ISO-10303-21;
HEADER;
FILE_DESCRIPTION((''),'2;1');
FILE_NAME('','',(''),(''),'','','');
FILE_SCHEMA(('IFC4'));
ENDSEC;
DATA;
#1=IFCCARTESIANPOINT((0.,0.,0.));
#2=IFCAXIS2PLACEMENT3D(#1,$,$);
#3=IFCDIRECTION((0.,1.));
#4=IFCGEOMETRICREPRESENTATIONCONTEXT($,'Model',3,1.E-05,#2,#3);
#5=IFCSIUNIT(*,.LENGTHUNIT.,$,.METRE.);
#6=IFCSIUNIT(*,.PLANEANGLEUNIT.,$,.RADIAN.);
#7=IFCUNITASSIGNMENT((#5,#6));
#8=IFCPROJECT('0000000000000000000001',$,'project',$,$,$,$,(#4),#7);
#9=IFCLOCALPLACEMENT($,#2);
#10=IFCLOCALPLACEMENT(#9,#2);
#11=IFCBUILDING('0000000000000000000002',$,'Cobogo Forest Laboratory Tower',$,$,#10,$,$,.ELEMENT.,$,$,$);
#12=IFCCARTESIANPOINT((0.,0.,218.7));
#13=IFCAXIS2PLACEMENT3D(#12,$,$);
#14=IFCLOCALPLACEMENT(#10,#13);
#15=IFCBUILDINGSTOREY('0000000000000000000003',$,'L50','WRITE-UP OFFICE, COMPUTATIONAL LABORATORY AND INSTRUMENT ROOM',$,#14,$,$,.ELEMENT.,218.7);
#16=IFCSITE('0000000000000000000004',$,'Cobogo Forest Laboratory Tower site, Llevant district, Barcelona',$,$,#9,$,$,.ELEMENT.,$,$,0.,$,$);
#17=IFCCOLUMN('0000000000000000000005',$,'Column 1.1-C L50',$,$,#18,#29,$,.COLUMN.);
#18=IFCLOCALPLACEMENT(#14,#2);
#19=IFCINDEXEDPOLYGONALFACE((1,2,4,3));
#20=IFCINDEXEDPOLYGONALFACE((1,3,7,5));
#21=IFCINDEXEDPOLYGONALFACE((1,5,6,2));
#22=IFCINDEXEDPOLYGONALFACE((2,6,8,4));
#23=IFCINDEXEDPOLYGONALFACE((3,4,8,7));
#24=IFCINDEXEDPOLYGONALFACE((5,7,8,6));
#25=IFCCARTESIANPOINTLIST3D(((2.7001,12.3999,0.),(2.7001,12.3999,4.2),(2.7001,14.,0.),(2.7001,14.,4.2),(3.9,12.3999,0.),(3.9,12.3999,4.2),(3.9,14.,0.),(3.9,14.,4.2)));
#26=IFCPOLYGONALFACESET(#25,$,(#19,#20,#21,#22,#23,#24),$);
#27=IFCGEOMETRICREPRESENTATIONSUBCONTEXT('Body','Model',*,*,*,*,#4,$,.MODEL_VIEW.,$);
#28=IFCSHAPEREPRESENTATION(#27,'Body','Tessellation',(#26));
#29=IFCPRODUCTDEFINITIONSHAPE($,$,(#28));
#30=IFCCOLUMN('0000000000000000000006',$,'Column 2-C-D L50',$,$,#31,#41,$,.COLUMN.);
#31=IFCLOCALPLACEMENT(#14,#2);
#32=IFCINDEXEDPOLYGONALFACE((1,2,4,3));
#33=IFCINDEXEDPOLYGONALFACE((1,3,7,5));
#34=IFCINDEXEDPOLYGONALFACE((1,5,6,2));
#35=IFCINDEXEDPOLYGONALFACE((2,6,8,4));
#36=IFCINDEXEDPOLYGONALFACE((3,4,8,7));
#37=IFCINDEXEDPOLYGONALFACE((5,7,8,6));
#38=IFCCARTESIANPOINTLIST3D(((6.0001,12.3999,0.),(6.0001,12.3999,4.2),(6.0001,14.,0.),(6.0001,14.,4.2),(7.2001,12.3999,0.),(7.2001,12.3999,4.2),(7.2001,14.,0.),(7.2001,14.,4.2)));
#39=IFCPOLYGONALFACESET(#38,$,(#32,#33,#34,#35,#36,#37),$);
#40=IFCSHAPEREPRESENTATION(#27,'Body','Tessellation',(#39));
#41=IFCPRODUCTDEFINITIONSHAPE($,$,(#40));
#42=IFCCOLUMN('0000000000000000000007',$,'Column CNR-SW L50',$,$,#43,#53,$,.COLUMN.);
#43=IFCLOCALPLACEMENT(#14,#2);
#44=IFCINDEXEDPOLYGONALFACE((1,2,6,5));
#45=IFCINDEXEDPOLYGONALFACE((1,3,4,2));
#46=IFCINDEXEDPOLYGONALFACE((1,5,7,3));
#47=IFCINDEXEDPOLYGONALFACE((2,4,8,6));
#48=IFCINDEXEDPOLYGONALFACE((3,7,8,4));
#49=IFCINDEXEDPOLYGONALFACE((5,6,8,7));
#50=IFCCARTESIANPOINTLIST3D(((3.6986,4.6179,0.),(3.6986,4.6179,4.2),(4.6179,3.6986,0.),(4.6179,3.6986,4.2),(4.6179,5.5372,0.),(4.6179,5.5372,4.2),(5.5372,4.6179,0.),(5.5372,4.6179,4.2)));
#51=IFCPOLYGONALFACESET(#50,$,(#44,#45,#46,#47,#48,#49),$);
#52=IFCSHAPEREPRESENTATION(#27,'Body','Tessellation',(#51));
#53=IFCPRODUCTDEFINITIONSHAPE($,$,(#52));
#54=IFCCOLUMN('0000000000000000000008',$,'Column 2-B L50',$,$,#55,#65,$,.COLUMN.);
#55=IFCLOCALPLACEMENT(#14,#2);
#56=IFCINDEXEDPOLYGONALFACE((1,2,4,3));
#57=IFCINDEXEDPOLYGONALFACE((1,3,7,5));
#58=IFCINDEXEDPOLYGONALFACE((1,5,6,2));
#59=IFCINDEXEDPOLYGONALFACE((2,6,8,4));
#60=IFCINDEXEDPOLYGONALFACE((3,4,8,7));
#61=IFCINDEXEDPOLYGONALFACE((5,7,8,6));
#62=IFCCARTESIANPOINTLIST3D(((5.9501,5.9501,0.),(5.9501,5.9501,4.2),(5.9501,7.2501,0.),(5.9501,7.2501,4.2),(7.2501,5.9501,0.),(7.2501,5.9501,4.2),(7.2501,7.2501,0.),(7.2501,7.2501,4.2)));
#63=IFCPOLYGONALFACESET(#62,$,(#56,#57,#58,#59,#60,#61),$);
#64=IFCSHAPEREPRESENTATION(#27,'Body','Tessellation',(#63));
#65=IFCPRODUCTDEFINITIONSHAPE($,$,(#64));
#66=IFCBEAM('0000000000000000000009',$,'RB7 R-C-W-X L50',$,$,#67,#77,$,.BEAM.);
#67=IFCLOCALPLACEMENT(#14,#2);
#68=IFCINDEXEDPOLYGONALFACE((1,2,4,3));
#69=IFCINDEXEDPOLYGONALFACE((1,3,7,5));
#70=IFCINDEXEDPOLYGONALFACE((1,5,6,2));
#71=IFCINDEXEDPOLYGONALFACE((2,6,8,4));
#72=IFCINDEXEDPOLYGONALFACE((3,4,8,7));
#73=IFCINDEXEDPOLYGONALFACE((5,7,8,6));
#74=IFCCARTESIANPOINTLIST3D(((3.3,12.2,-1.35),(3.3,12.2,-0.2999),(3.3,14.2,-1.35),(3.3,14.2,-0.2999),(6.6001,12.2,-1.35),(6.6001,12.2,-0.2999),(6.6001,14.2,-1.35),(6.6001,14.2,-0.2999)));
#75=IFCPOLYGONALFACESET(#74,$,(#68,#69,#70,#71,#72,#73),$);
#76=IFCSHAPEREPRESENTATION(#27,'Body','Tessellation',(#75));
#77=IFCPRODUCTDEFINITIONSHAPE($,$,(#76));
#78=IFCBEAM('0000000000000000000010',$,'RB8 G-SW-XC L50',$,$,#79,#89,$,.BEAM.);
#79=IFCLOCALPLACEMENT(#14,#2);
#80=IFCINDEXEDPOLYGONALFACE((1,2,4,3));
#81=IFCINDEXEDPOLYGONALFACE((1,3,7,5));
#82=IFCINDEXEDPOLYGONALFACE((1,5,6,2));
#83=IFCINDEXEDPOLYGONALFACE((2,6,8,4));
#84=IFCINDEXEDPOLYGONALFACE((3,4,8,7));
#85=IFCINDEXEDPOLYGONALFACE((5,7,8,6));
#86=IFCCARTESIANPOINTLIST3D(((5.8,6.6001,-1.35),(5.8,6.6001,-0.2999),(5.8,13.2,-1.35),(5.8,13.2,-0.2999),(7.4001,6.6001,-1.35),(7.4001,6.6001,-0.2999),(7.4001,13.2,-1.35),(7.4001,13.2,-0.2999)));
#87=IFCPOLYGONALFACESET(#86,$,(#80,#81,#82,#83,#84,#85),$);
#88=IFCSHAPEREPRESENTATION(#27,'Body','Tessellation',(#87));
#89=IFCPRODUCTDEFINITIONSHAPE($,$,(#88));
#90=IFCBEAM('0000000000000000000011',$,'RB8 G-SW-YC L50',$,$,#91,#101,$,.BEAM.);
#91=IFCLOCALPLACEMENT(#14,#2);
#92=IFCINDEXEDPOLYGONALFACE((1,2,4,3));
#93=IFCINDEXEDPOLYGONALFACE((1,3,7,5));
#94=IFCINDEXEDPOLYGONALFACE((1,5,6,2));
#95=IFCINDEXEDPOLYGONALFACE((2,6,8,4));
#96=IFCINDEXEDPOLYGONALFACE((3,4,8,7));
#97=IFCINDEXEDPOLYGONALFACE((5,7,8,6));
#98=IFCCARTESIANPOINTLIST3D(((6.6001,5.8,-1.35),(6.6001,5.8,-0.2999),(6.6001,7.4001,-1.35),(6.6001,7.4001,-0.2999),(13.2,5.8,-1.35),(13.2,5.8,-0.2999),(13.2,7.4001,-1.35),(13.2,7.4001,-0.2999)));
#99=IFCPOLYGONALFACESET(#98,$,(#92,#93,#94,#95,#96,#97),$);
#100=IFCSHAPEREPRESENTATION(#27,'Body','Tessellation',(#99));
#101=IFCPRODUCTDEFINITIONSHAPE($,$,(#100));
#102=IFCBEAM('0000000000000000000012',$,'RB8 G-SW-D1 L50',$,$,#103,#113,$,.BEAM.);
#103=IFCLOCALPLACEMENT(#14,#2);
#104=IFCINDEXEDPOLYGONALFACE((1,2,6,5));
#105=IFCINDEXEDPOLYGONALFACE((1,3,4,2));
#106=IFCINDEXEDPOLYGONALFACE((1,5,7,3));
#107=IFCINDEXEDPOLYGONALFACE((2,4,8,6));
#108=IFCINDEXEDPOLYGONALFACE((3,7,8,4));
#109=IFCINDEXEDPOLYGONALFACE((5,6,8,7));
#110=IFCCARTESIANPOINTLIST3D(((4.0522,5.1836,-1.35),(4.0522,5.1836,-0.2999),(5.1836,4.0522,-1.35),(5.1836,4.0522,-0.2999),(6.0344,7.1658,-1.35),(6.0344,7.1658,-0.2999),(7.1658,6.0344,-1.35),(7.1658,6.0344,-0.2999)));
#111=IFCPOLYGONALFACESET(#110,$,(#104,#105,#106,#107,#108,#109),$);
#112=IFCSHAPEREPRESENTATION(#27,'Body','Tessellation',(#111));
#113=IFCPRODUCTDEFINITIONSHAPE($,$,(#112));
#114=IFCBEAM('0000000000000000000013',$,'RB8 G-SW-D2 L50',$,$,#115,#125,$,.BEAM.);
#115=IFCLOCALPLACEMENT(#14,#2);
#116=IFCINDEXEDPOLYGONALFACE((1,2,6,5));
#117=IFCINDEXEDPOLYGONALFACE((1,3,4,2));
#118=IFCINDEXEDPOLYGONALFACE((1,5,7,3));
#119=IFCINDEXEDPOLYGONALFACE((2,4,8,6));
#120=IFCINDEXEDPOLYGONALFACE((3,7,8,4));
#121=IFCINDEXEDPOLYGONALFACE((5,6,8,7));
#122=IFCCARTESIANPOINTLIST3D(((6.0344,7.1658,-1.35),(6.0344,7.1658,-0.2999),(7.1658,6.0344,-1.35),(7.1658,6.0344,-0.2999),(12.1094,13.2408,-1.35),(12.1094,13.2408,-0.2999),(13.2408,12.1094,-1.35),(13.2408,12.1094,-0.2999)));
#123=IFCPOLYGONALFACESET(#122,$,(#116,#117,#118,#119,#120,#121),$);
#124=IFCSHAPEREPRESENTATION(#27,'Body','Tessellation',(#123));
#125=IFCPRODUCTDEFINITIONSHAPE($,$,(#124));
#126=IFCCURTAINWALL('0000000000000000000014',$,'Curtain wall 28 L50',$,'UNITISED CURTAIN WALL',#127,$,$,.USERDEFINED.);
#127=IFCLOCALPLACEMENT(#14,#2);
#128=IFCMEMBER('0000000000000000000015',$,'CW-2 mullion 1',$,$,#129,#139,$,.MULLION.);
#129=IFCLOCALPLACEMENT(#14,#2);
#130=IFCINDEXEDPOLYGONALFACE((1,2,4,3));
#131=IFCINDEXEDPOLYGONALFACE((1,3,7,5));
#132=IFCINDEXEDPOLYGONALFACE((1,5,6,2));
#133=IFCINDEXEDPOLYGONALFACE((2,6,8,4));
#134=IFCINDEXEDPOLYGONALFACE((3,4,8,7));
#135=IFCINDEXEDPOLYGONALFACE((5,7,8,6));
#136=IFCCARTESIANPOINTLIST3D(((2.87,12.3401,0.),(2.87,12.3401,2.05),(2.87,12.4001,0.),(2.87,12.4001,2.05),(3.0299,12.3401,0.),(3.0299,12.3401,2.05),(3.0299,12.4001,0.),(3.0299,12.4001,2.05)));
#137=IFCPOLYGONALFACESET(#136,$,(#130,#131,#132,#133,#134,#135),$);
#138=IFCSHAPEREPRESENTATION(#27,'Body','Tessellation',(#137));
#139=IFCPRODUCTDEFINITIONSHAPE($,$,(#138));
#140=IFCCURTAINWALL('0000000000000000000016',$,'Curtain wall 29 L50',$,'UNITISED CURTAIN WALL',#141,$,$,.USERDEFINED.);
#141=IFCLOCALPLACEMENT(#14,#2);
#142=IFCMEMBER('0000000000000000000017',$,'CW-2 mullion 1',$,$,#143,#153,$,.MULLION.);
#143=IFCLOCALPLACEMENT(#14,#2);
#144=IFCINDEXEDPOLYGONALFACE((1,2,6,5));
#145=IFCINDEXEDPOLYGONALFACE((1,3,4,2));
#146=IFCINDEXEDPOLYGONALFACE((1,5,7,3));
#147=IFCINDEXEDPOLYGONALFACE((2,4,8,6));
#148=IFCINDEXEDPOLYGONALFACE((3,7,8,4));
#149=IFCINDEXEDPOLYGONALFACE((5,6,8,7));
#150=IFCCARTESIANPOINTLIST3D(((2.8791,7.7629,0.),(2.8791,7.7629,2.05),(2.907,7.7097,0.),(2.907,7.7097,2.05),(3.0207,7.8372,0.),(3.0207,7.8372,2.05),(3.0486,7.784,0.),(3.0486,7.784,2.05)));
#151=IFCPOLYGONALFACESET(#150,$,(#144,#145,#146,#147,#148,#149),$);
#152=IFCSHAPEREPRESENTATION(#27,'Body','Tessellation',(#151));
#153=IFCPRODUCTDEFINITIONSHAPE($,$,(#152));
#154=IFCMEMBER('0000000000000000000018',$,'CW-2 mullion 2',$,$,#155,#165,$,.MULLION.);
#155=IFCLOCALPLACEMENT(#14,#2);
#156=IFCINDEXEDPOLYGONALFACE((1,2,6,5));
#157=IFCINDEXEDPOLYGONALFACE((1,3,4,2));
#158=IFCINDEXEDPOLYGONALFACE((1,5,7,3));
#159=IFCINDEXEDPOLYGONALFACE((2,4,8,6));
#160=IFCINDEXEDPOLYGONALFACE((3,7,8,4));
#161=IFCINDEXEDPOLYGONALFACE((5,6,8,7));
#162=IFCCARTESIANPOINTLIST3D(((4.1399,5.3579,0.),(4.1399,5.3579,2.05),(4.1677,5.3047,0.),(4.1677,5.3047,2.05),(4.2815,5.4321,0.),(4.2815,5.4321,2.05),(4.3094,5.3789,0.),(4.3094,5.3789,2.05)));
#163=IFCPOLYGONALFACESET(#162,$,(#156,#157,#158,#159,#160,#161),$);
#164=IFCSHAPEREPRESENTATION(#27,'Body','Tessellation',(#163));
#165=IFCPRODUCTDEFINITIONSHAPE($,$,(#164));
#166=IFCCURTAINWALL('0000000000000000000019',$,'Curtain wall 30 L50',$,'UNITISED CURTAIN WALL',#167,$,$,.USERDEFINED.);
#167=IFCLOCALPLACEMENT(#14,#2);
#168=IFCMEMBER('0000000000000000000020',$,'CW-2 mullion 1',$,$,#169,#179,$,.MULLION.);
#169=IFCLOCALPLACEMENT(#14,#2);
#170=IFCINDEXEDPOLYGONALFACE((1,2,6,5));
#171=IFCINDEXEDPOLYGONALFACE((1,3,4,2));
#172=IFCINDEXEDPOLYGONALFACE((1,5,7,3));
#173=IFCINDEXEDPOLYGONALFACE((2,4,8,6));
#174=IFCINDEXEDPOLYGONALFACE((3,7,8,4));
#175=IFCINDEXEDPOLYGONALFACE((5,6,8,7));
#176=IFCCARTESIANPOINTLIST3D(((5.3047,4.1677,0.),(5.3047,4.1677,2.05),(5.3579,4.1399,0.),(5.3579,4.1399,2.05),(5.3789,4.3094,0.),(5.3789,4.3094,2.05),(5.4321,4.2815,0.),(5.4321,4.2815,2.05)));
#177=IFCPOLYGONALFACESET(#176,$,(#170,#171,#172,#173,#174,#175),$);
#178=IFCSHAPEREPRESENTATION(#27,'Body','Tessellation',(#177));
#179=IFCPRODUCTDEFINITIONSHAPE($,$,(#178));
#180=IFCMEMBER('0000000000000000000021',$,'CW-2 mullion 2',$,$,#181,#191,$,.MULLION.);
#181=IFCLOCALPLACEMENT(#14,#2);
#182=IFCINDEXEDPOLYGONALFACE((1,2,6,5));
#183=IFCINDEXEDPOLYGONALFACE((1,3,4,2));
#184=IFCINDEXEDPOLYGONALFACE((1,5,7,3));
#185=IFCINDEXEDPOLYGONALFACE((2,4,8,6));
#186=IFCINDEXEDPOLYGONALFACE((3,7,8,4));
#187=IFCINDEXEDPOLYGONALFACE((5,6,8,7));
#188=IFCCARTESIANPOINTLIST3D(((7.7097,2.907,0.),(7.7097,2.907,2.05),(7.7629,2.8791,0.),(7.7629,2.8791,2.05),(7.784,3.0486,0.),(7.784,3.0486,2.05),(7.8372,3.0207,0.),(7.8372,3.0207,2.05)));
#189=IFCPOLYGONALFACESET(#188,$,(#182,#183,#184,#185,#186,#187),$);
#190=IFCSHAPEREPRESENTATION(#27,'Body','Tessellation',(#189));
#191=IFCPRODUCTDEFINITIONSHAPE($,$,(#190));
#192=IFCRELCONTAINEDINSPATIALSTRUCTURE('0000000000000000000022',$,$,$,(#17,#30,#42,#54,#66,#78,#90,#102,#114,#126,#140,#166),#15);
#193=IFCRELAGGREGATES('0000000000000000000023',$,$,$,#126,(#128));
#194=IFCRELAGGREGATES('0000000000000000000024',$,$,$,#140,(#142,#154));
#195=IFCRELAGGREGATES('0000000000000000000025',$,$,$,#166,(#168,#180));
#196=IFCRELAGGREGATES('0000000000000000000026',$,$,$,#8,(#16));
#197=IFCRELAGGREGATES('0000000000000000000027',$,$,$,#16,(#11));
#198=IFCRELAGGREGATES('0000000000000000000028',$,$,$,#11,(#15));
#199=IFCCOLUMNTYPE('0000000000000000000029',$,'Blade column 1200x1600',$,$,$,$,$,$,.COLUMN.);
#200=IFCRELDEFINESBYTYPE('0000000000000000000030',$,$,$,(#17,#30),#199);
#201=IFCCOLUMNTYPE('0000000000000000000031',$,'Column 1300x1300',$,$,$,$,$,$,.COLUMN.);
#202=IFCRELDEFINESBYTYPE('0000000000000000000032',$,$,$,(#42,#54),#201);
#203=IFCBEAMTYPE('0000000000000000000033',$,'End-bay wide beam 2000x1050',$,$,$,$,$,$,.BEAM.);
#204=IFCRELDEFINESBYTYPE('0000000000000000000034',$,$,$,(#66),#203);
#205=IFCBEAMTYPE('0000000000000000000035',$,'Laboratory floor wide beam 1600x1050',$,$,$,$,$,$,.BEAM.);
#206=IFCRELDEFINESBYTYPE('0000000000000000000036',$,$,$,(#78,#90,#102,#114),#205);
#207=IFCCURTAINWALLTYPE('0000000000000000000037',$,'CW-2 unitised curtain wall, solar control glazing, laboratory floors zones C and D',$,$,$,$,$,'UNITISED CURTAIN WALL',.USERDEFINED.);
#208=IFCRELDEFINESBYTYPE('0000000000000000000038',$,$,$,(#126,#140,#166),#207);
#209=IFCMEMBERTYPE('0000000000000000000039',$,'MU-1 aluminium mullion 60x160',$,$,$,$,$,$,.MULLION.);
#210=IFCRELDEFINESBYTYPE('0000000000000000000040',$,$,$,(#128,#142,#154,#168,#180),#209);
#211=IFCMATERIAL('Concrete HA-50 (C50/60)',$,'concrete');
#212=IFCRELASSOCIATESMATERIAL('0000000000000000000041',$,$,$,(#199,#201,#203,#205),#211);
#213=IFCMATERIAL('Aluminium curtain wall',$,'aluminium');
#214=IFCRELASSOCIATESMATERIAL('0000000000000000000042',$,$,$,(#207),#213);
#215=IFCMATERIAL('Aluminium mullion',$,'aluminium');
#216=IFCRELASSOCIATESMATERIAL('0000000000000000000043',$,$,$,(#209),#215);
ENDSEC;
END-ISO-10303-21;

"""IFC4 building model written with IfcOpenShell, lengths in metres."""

from ifc_helpers import new_model, si_unit, direction, frame, origin, origin_2d, place, context, subcontext, project, spatial, rectangle, extrude, material, material_profile, profile_set, type_object, element, aggregate, save


model = new_model("IFC4")

# Units and contexts
model_context = context("Model", 3, precision=1e-05, world=origin(), true_north=direction((0.0, 1.0)))
body_context = subcontext(model_context, "Body", "Model", "MODEL_VIEW")
ifc_project = project(units=[si_unit("LENGTHUNIT", "METRE"), si_unit("PLANEANGLEUNIT", "RADIAN")], contexts=[model_context])

# Site, building, storey
site_placement = place(None, origin())
site = spatial("IfcSite", under=ifc_project, at=site_placement, Name="Cobogo Forest Laboratory Tower site, Llevant district, Barcelona", CompositionType="ELEMENT", RefElevation=0.0)
building_placement = place(site_placement, origin())
building = spatial("IfcBuilding", under=site, at=building_placement, Name="Cobogo Forest Laboratory Tower", CompositionType="ELEMENT")
storey_placement = place(building_placement, frame((0.0, 0.0, 218.7)))
storey = spatial("IfcBuildingStorey", under=building, at=storey_placement, Name="L50", Description="WRITE-UP OFFICE, COMPUTATIONAL LABORATORY AND INSTRUMENT ROOM", CompositionType="ELEMENT", Elevation=218.7)

# Columns
ifc_material_1 = material(Name="Concrete HA-50 (C50/60)", Category="concrete")
ifc_material_profile_1 = material_profile(ifc_material_1, rectangle(XDim=1.6001, YDim=1.2, at=origin_2d()), Name="RC 1200x1600")
ifc_profile_set_1 = profile_set([ifc_material_profile_1], Name="Concrete HA-50 (C50/60)")
column_type_1 = type_object("IfcColumnType", Name="Blade column 1200x1600", PredefinedType="COLUMN", material=ifc_profile_set_1)
for number, where, z_axis, x_axis, name in (
    (1, (3.3, 13.2, 0.0), (0.0, 0.0, 1.0), (0.0, 1.0, 0.0), "Column 1.1-C L50"),
    (2, (6.6001, 13.2, 0.0), (0.0, 0.0, 1.0), (0.0, 1.0, 0.0), "Column 2-C-D L50"),
):
    element("IfcColumn", number, at=place(storey_placement, frame(where, z_axis=z_axis, x_axis=x_axis)), inside=storey, type_object=column_type_1, Name=name, PredefinedType="COLUMN", context=body_context, shape_type="SweptSolid", body=[
        extrude(rectangle(XDim=1.6001, YDim=1.2, at=origin_2d()), origin(), (0.0, 0.0, 1.0), 4.2),
    ])
ifc_material_profile_2 = material_profile(ifc_material_1, rectangle(XDim=1.3, YDim=1.3, at=origin_2d()), Name="RC 1300x1300")
ifc_profile_set_2 = profile_set([ifc_material_profile_2], Name="Concrete HA-50 (C50/60)")
column_type_2 = type_object("IfcColumnType", Name="Column 1300x1300", PredefinedType="COLUMN", material=ifc_profile_set_2)
for number, where, z_axis, x_axis, name in (
    (3, (4.6179, 4.6179, 0.0), (0.0, 0.0, 1.0), (0.707107, 0.707107, 0.0), "Column CNR-SW L50"),
    (4, (6.6001, 6.6001, 0.0), (0.0, 0.0, 1.0), (1.0, 0.0, 0.0), "Column 2-B L50"),
):
    element("IfcColumn", number, at=place(storey_placement, frame(where, z_axis=z_axis, x_axis=x_axis)), inside=storey, type_object=column_type_2, Name=name, PredefinedType="COLUMN", context=body_context, shape_type="SweptSolid", body=[
        extrude(rectangle(XDim=1.3, YDim=1.3, at=origin_2d()), origin(), (0.0, 0.0, 1.0), 4.2),
    ])

# Beams
ifc_material_profile_3 = material_profile(ifc_material_1, rectangle(XDim=2.0, YDim=1.05, at=origin_2d()), Name="RC 2000x1050")
ifc_profile_set_3 = profile_set([ifc_material_profile_3], Name="Concrete HA-50 (C50/60)")
beam_type_1 = type_object("IfcBeamType", Name="End-bay wide beam 2000x1050", PredefinedType="BEAM", material=ifc_profile_set_3)
beam_1_placement = place(storey_placement, frame((3.3, 13.2, -0.825), z_axis=(1.0, 0.0, 0.0), x_axis=(0.0, 1.0, 0.0)))
element("IfcBeam", 5, at=beam_1_placement, inside=storey, type_object=beam_type_1, Name="RB7 R-C-W-X L50", PredefinedType="BEAM", context=body_context, shape_type="SweptSolid", body=[
    extrude(rectangle(XDim=2.0, YDim=1.05, at=origin_2d()), origin(), (0.0, 0.0, 1.0), 3.3),
])
ifc_material_profile_4 = material_profile(ifc_material_1, rectangle(XDim=1.6001, YDim=1.05, at=origin_2d()), Name="RC 1600x1050")
ifc_profile_set_4 = profile_set([ifc_material_profile_4], Name="Concrete HA-50 (C50/60)")
beam_type_2 = type_object("IfcBeamType", Name="Laboratory floor wide beam 1600x1050", PredefinedType="BEAM", material=ifc_profile_set_4)
for number, where, z_axis, x_axis, name in (
    (6, (6.6001, 6.6001, -0.825), (0.0, 1.0, 0.0), (-1.0, 0.0, 0.0), "RB8 G-SW-XC L50"),
    (7, (6.6001, 6.6001, -0.825), (1.0, 0.0, 0.0), (0.0, 1.0, 0.0), "RB8 G-SW-YC L50"),
):
    element("IfcBeam", number, at=place(storey_placement, frame(where, z_axis=z_axis, x_axis=x_axis)), inside=storey, type_object=beam_type_2, Name=name, PredefinedType="BEAM", context=body_context, shape_type="SweptSolid", body=[
        extrude(rectangle(XDim=1.6001, YDim=1.05, at=origin_2d()), origin(), (0.0, 0.0, 1.0), 6.5999),
    ])
beam_2_placement = place(storey_placement, frame((4.6179, 4.6179, -0.825), z_axis=(0.707107, 0.707107, 0.0), x_axis=(-0.707107, 0.707107, 0.0)))
element("IfcBeam", 8, at=beam_2_placement, inside=storey, type_object=beam_type_2, Name="RB8 G-SW-D1 L50", PredefinedType="BEAM", context=body_context, shape_type="SweptSolid", body=[
    extrude(rectangle(XDim=1.6001, YDim=1.05, at=origin_2d()), origin(), (0.0, 0.0, 1.0), 2.8032),
])
beam_3_placement = place(storey_placement, frame((6.6001, 6.6001, -0.825), z_axis=(0.707107, 0.707107, 0.0), x_axis=(-0.707107, 0.707107, 0.0)))
element("IfcBeam", 9, at=beam_3_placement, inside=storey, type_object=beam_type_2, Name="RB8 G-SW-D2 L50", PredefinedType="BEAM", context=body_context, shape_type="SweptSolid", body=[
    extrude(rectangle(XDim=1.6001, YDim=1.05, at=origin_2d()), origin(), (0.0, 0.0, 1.0), 8.5913),
])

# Curtain wall, member
ifc_material_2 = material(Name="Aluminium curtain wall", Category="aluminium")
curtain_wall_type = type_object("IfcCurtainWallType", Name="CW-2 unitised curtain wall, solar control glazing, laboratory floors zones C and D", ElementType="UNITISED CURTAIN WALL", PredefinedType="USERDEFINED", material=ifc_material_2)
curtain_wall_1_placement = place(storey_placement, origin())
curtain_wall_1 = element("IfcCurtainWall", 10, at=curtain_wall_1_placement, inside=storey, type_object=curtain_wall_type, Name="Curtain wall 28 L50", ObjectType="UNITISED CURTAIN WALL", PredefinedType="USERDEFINED")
ifc_material_3 = material(Name="Aluminium mullion", Category="aluminium")
ifc_material_profile_5 = material_profile(ifc_material_3, rectangle(XDim=0.0601, YDim=0.1599, at=origin_2d()), Name="AL 60x160")
ifc_profile_set_5 = profile_set([ifc_material_profile_5], Name="Aluminium mullion")
member_type_1 = type_object("IfcMemberType", Name="MU-1 aluminium mullion 60x160", PredefinedType="MULLION", material=ifc_profile_set_5)
member_1_placement = place(storey_placement, frame((2.95, 12.3701, 0.0), z_axis=(0.0, 0.0, 1.0), x_axis=(0.0, -1.0, 0.0)))
member_1 = element("IfcMember", 11, at=member_1_placement, type_object=member_type_1, Name="CW-2 mullion 1", PredefinedType="MULLION", context=body_context, shape_type="SweptSolid", body=[
    extrude(rectangle(XDim=0.0601, YDim=0.1599, at=origin_2d()), origin(), (0.0, 0.0, 1.0), 2.05),
])

# Curtain walls, members
curtain_wall_2_placement = place(storey_placement, origin())
curtain_wall_2 = element("IfcCurtainWall", 12, at=curtain_wall_2_placement, inside=storey, type_object=curtain_wall_type, Name="Curtain wall 29 L50", ObjectType="UNITISED CURTAIN WALL", PredefinedType="USERDEFINED")
member_2_placement = place(storey_placement, frame((2.9639, 7.7734, 0.0), z_axis=(0.0, 0.0, 1.0), x_axis=(0.464284, -0.885687, 0.0)))
member_2 = element("IfcMember", 13, at=member_2_placement, type_object=member_type_1, Name="CW-2 mullion 1", PredefinedType="MULLION", context=body_context, shape_type="SweptSolid", body=[
    extrude(rectangle(XDim=0.0601, YDim=0.1599, at=origin_2d()), origin(), (0.0, 0.0, 1.0), 2.05),
])
member_3_placement = place(storey_placement, frame((4.2246, 5.3684, 0.0), z_axis=(0.0, 0.0, 1.0), x_axis=(0.464284, -0.885687, 0.0)))
member_3 = element("IfcMember", 14, at=member_3_placement, type_object=member_type_1, Name="CW-2 mullion 2", PredefinedType="MULLION", context=body_context, shape_type="SweptSolid", body=[
    extrude(rectangle(XDim=0.0601, YDim=0.1599, at=origin_2d()), origin(), (0.0, 0.0, 1.0), 2.05),
])
curtain_wall_3_placement = place(storey_placement, origin())
curtain_wall_3 = element("IfcCurtainWall", 15, at=curtain_wall_3_placement, inside=storey, type_object=curtain_wall_type, Name="Curtain wall 30 L50", ObjectType="UNITISED CURTAIN WALL", PredefinedType="USERDEFINED")
member_4_placement = place(storey_placement, frame((5.3684, 4.2246, 0.0), z_axis=(0.0, 0.0, 1.0), x_axis=(0.885687, -0.464284, 0.0)))
member_4 = element("IfcMember", 16, at=member_4_placement, type_object=member_type_1, Name="CW-2 mullion 1", PredefinedType="MULLION", context=body_context, shape_type="SweptSolid", body=[
    extrude(rectangle(XDim=0.0601, YDim=0.1599, at=origin_2d()), origin(), (0.0, 0.0, 1.0), 2.05),
])
member_5_placement = place(storey_placement, frame((7.7734, 2.9639, 0.0), z_axis=(0.0, 0.0, 1.0), x_axis=(0.885687, -0.464284, 0.0)))
member_5 = element("IfcMember", 17, at=member_5_placement, type_object=member_type_1, Name="CW-2 mullion 2", PredefinedType="MULLION", context=body_context, shape_type="SweptSolid", body=[
    extrude(rectangle(XDim=0.0601, YDim=0.1599, at=origin_2d()), origin(), (0.0, 0.0, 1.0), 2.05),
])

aggregate(curtain_wall_1, [member_1])
aggregate(curtain_wall_2, [member_2, member_3])
aggregate(curtain_wall_3, [member_4, member_5])

save(model, "model.ifc")
